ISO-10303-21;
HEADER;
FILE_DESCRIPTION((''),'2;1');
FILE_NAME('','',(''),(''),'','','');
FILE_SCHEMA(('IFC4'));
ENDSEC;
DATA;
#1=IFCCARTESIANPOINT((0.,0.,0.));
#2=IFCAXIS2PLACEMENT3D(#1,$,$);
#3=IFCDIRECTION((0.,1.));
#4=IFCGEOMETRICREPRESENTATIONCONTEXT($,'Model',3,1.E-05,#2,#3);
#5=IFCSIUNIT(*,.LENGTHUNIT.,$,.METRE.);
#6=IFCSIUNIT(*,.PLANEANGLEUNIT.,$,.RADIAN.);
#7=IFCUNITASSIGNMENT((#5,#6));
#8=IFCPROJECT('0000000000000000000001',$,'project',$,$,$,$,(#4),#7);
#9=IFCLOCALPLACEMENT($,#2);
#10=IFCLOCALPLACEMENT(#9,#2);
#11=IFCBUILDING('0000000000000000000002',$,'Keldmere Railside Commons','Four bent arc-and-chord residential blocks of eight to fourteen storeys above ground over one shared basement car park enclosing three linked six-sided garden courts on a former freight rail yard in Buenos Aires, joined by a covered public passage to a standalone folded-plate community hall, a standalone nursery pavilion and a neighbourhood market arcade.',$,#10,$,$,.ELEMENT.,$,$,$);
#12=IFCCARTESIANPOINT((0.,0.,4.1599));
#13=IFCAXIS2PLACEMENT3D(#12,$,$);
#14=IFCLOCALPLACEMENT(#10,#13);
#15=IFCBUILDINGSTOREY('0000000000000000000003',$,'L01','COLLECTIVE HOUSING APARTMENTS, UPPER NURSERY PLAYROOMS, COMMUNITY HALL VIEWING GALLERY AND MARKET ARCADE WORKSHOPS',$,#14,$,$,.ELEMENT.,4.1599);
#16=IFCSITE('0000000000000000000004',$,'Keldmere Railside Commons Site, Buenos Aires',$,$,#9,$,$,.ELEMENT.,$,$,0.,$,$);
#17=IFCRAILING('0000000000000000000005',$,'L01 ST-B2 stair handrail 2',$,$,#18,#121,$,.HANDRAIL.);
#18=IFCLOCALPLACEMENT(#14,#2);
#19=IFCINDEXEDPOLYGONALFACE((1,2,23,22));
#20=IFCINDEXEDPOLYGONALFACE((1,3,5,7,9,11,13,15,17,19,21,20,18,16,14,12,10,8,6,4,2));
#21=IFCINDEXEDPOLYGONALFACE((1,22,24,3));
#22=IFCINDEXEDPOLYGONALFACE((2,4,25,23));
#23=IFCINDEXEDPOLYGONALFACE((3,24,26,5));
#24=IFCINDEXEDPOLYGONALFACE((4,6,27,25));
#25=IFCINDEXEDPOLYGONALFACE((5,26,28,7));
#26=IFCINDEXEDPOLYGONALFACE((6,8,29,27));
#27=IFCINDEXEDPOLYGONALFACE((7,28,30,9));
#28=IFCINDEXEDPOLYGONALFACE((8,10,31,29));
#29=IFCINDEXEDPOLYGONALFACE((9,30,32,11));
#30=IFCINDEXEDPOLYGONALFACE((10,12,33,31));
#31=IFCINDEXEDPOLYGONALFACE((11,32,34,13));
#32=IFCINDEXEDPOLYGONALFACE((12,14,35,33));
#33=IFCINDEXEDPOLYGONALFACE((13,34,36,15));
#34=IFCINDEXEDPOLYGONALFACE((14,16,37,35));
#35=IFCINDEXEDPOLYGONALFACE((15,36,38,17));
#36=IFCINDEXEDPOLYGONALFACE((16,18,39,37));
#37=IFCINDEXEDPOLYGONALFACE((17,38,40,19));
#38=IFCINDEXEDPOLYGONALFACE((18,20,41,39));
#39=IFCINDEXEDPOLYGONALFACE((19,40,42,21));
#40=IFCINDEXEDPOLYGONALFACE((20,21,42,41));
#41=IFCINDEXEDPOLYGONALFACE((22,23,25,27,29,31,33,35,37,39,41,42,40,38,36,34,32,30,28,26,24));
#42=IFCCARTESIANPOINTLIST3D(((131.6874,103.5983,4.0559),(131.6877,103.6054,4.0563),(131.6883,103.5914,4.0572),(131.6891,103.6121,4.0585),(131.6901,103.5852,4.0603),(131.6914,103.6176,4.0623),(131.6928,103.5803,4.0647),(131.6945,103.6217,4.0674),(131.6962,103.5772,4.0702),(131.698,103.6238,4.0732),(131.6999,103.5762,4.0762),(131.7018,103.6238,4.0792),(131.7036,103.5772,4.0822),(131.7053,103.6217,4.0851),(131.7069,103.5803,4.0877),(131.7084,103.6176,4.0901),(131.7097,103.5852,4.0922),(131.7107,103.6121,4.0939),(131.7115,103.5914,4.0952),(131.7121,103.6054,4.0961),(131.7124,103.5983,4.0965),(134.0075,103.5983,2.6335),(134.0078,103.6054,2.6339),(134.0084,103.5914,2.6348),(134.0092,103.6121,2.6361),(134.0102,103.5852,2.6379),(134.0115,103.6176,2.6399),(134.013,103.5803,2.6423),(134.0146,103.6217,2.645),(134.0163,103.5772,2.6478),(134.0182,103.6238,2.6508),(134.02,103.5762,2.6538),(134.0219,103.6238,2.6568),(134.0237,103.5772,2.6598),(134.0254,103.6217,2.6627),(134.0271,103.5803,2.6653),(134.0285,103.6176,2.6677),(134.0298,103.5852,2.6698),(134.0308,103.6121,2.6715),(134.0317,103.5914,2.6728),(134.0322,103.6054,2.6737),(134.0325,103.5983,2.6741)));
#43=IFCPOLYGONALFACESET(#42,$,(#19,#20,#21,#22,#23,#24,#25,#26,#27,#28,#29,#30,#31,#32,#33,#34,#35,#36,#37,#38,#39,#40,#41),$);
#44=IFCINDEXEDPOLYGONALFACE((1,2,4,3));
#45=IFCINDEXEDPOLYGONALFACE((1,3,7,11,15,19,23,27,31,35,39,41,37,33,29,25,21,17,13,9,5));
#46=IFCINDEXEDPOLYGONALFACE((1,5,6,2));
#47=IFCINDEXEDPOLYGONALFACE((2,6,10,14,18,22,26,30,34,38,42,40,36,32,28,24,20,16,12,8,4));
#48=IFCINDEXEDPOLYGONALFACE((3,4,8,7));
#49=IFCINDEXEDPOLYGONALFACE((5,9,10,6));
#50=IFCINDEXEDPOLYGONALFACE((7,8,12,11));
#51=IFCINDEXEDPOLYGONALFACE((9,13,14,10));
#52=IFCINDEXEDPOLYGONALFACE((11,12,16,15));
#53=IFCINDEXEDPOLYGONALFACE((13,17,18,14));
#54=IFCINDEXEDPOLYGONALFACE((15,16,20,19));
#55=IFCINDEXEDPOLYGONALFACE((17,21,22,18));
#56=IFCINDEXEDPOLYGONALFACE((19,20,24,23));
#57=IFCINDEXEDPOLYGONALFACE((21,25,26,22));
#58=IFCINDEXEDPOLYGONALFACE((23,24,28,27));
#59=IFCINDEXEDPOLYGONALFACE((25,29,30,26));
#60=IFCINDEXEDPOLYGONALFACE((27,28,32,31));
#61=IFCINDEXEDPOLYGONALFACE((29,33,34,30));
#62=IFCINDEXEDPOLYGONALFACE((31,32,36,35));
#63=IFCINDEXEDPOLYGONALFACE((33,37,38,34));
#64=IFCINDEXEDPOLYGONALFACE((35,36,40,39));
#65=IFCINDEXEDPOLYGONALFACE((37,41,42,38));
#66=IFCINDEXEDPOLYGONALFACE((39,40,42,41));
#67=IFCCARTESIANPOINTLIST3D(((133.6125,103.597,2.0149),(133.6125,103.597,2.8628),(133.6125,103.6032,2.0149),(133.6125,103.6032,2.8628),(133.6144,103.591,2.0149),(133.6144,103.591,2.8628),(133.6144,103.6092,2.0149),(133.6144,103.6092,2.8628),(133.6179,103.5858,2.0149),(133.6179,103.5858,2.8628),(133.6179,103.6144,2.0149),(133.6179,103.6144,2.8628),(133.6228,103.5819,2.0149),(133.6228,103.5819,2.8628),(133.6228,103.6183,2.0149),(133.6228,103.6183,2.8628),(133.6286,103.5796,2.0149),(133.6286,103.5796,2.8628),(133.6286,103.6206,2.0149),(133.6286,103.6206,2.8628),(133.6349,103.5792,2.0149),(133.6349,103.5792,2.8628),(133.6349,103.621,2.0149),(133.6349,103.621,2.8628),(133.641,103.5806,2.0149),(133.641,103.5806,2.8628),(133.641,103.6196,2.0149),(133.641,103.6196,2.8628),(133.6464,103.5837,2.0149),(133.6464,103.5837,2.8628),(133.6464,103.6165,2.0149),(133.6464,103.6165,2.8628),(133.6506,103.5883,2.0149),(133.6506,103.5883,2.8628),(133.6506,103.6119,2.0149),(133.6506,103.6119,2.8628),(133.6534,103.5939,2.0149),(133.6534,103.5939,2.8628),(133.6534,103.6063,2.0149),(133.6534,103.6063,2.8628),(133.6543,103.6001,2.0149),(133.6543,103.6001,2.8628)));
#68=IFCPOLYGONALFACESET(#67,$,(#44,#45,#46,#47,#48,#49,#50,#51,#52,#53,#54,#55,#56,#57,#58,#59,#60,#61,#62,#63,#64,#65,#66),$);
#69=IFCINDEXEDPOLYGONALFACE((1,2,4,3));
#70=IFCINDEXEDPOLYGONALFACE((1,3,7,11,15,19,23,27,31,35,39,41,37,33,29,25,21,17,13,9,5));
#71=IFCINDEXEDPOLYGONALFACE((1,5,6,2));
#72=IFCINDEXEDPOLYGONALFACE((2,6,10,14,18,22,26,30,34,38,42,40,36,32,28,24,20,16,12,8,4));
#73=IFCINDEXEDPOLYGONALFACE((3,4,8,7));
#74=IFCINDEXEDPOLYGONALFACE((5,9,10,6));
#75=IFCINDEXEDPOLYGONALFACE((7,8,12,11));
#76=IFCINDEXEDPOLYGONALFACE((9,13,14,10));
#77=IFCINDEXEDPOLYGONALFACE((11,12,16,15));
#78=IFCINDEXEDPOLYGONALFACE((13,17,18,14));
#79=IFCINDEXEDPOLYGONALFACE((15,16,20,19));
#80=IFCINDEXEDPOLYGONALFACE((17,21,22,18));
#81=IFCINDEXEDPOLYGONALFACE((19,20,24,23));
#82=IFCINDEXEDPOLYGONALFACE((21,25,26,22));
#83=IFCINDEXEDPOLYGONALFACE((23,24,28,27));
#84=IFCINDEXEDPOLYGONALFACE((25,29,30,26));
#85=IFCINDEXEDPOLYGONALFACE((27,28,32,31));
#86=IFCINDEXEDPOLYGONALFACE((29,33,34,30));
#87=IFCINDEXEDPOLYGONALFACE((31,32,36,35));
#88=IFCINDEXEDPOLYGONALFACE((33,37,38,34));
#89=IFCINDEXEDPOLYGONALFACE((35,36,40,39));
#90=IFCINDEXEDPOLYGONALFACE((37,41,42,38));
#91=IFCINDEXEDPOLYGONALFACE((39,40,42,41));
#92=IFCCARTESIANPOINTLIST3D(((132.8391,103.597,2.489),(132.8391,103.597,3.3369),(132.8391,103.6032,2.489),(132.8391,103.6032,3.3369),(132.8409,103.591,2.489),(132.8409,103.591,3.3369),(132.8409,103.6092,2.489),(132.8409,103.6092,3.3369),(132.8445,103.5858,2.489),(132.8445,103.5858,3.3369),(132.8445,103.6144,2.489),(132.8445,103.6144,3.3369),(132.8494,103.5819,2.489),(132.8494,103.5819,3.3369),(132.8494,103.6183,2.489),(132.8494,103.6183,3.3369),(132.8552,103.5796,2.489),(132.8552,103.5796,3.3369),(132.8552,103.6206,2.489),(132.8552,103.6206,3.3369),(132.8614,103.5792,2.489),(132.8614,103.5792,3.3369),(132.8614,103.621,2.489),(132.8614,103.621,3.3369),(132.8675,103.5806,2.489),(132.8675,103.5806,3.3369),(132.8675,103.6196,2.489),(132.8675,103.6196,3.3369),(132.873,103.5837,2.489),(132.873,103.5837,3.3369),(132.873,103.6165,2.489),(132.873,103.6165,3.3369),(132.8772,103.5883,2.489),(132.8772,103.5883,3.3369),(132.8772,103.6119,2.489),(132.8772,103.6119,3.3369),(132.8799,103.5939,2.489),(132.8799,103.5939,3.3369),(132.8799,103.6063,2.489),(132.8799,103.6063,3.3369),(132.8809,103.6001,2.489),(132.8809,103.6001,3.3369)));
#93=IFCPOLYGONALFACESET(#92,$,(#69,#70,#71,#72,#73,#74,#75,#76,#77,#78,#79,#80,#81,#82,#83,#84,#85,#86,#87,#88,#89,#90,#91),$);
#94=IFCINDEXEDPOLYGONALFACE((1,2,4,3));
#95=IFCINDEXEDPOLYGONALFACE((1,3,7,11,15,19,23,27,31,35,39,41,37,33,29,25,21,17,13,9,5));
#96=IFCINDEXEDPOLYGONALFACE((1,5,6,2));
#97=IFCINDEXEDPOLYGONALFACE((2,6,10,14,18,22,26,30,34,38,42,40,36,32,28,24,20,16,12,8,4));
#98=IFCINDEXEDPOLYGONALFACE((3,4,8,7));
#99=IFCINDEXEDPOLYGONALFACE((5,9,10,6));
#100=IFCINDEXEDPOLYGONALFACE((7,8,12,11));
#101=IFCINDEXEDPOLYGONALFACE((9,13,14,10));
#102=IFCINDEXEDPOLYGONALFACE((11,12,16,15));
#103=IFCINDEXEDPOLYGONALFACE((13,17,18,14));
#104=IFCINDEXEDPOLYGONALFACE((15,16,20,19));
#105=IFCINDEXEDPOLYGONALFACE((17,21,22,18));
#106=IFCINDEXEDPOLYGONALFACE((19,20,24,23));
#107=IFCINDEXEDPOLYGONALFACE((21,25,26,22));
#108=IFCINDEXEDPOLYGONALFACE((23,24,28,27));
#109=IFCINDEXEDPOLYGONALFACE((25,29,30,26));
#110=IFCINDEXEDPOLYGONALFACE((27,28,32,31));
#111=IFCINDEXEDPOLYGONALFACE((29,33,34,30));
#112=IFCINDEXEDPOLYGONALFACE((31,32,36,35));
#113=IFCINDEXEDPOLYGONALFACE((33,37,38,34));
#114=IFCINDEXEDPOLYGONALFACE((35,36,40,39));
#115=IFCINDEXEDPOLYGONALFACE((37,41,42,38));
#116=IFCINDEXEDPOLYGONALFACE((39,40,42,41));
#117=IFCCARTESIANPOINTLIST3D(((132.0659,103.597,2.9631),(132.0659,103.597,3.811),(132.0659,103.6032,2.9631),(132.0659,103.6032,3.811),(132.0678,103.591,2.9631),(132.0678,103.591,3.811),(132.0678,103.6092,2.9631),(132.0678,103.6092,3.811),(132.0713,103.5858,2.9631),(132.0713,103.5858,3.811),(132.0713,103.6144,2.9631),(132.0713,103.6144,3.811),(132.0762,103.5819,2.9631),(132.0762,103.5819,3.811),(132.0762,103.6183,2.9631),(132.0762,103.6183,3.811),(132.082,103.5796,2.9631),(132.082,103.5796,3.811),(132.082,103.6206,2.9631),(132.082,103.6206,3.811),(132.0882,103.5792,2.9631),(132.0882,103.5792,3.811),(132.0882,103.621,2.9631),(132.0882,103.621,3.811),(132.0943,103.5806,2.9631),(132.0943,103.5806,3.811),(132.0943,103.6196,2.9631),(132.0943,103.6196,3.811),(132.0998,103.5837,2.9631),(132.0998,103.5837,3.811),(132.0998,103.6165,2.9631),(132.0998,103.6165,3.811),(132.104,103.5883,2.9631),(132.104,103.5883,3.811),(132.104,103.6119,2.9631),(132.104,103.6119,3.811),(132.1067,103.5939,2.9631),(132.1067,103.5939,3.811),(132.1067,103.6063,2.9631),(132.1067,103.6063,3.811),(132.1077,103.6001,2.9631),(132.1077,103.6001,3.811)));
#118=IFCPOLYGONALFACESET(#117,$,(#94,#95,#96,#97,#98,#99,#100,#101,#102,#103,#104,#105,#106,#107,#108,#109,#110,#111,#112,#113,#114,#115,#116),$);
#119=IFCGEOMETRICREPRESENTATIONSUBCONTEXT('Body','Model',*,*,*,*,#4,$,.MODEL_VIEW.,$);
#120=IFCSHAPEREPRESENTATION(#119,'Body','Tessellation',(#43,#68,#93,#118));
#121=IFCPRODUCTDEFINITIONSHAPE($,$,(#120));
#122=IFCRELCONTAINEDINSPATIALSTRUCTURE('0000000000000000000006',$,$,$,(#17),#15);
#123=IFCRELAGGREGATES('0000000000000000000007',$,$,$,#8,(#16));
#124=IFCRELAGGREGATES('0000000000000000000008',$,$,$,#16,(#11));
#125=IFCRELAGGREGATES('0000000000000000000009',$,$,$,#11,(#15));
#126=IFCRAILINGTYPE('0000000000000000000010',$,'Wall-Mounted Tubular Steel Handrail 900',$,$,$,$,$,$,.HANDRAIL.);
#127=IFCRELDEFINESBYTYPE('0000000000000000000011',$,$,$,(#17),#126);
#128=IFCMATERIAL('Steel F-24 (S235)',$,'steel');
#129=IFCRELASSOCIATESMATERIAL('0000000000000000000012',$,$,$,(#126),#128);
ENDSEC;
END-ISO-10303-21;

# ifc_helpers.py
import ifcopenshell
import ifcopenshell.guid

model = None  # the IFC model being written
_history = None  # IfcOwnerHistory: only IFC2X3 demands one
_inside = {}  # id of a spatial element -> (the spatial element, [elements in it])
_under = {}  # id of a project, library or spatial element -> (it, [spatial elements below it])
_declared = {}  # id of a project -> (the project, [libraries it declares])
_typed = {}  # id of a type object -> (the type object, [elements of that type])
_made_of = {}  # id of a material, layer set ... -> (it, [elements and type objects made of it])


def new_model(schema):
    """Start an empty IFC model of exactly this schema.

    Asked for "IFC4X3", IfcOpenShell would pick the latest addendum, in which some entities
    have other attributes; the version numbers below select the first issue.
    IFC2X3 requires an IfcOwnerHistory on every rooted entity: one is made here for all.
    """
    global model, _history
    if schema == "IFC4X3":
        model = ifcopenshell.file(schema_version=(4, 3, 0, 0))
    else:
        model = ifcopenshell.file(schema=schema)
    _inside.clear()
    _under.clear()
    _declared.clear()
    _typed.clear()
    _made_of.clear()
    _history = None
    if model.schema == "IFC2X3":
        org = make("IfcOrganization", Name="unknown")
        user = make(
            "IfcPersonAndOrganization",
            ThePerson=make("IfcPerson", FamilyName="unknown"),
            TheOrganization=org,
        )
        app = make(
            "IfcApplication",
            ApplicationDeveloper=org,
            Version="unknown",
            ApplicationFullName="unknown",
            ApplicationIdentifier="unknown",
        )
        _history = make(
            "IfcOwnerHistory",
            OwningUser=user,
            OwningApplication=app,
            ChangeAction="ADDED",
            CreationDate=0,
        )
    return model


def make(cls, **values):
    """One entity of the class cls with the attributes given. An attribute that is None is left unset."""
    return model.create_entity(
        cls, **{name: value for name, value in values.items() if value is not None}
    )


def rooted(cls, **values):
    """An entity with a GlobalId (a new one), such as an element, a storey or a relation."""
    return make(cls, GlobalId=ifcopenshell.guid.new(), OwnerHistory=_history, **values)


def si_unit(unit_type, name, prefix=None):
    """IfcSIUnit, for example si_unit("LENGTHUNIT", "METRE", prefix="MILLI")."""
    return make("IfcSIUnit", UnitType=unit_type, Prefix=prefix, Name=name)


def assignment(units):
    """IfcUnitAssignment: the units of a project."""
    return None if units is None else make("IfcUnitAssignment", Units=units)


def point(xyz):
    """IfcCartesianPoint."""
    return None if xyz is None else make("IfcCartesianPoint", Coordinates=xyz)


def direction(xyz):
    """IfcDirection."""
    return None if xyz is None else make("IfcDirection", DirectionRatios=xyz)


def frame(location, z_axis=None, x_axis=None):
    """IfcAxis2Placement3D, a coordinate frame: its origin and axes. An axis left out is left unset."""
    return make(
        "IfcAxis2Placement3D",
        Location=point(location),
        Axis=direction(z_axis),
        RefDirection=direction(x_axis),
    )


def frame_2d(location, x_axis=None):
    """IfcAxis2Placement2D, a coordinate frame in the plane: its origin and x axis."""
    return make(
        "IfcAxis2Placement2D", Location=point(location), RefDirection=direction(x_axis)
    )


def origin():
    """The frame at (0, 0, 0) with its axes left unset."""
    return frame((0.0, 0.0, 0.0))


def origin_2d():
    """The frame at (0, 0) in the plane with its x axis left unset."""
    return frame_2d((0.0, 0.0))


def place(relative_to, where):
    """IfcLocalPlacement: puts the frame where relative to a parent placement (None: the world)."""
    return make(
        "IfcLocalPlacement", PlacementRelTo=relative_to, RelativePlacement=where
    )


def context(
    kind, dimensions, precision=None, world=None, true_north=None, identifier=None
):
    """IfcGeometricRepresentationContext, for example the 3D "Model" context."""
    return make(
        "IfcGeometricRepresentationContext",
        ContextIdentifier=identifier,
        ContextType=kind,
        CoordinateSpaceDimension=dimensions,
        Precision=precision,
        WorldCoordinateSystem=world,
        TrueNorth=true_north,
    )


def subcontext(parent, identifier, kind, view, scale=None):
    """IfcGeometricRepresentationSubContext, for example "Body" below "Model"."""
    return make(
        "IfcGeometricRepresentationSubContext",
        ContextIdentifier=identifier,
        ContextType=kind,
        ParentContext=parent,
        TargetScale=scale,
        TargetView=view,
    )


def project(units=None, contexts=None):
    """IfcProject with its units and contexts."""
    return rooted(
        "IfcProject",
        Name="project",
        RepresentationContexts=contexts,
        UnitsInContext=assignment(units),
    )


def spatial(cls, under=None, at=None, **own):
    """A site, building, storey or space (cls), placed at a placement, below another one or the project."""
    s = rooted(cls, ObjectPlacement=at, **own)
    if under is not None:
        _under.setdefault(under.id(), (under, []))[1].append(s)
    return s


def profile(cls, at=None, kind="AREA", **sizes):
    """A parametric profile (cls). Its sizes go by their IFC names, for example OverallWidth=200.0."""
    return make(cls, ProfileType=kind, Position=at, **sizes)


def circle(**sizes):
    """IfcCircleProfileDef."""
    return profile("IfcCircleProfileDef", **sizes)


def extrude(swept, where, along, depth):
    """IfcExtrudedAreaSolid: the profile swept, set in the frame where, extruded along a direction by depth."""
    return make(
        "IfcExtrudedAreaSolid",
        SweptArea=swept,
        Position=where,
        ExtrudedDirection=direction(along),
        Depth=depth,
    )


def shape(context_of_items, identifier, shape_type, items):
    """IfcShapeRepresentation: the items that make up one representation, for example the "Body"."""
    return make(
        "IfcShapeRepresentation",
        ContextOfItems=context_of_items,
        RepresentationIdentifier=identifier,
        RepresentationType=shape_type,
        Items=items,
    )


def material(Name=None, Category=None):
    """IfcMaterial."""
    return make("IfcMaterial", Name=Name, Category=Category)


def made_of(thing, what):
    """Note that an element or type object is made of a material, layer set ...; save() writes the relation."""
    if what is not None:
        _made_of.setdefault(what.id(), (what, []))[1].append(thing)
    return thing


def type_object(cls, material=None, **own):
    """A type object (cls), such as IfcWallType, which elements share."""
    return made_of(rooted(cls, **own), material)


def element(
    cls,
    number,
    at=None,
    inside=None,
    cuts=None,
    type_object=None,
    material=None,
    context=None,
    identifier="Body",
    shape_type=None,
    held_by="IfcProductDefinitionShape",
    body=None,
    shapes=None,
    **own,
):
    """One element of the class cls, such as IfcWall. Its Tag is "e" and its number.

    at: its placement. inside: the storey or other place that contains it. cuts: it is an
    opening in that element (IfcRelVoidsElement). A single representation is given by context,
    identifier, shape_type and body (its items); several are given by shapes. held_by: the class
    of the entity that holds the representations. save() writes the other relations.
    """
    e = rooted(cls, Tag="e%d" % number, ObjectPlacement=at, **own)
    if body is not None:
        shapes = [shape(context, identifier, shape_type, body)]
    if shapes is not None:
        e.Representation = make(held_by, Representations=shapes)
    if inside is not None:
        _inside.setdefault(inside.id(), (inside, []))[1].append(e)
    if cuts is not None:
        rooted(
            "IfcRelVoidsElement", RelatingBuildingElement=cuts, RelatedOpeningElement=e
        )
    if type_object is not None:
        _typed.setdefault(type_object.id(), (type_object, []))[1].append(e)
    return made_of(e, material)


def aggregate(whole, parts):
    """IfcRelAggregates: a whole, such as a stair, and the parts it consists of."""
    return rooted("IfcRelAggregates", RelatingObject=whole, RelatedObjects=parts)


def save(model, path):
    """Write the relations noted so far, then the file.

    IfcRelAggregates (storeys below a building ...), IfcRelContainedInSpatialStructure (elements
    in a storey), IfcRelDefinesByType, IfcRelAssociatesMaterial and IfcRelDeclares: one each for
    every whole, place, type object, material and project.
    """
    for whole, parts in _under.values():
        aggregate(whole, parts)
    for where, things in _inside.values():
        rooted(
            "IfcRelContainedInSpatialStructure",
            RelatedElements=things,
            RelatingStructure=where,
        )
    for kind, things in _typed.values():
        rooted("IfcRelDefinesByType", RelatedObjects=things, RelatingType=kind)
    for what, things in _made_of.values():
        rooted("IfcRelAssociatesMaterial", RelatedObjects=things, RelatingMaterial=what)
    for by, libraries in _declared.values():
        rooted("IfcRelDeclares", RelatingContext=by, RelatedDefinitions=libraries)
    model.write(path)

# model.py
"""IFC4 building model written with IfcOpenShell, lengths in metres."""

from ifc_helpers import new_model, si_unit, direction, frame, origin, origin_2d, place, context, subcontext, project, spatial, circle, extrude, material, type_object, element, save


model = new_model("IFC4")

# Units and contexts
model_context = context("Model", 3, precision=1e-05, world=origin(), true_north=direction((0.0, 1.0)))
body_context = subcontext(model_context, "Body", "Model", "MODEL_VIEW")
ifc_project = project(units=[si_unit("LENGTHUNIT", "METRE"), si_unit("PLANEANGLEUNIT", "RADIAN")], contexts=[model_context])

# Site, building, storey
site_placement = place(None, origin())
site = spatial("IfcSite", under=ifc_project, at=site_placement, Name="Keldmere Railside Commons Site, Buenos Aires", CompositionType="ELEMENT", RefElevation=0.0)
building_placement = place(site_placement, origin())
building = spatial("IfcBuilding", under=site, at=building_placement, Name="Keldmere Railside Commons", Description="Four bent arc-and-chord residential blocks of eight to fourteen storeys above ground over one shared basement car park enclosing three linked six-sided garden courts on a former freight rail yard in Buenos Aires, joined by a covered public passage to a standalone folded-plate community hall, a standalone nursery pavilion and a neighbourhood market arcade.", CompositionType="ELEMENT")
storey_placement = place(building_placement, frame((0.0, 0.0, 4.1599)))
storey = spatial("IfcBuildingStorey", under=building, at=storey_placement, Name="L01", Description="COLLECTIVE HOUSING APARTMENTS, UPPER NURSERY PLAYROOMS, COMMUNITY HALL VIEWING GALLERY AND MARKET ARCADE WORKSHOPS", CompositionType="ELEMENT", Elevation=4.1599)

# Shared definitions
ifc_material_1 = material(Name="Steel F-24 (S235)", Category="steel")

# Railing
railing_type_1 = type_object("IfcRailingType", Name="Wall-Mounted Tubular Steel Handrail 900", PredefinedType="HANDRAIL", material=ifc_material_1)
railing_1_placement = place(storey_placement, frame((134.02, 103.6001, 1.7778)))
element("IfcRailing", 1, at=railing_1_placement, inside=storey, type_object=railing_type_1, Name="L01 ST-B2 stair handrail 2", PredefinedType="HANDRAIL", context=body_context, shape_type="SweptSolid", body=[
    extrude(circle(Radius=0.0239, at=origin_2d()), frame((0.0, 0.0, 0.876), z_axis=(-0.852538, 0.0, 0.522665), x_axis=(0.0, -1.0, 0.0)), (0.0, 0.0, 1.0), 2.7214),
    extrude(circle(Radius=0.021, at=origin_2d()), frame((-0.3867, 0.0, 0.2371)), (0.0, 0.0, 1.0), 0.8479),
    extrude(circle(Radius=0.021, at=origin_2d()), frame((-1.1602, 0.0, 0.7112)), (0.0, 0.0, 1.0), 0.8479),
    extrude(circle(Radius=0.021, at=origin_2d()), frame((-1.9333, 0.0, 1.1853)), (0.0, 0.0, 1.0), 0.8479),
])

save(model, "model.ifc")
